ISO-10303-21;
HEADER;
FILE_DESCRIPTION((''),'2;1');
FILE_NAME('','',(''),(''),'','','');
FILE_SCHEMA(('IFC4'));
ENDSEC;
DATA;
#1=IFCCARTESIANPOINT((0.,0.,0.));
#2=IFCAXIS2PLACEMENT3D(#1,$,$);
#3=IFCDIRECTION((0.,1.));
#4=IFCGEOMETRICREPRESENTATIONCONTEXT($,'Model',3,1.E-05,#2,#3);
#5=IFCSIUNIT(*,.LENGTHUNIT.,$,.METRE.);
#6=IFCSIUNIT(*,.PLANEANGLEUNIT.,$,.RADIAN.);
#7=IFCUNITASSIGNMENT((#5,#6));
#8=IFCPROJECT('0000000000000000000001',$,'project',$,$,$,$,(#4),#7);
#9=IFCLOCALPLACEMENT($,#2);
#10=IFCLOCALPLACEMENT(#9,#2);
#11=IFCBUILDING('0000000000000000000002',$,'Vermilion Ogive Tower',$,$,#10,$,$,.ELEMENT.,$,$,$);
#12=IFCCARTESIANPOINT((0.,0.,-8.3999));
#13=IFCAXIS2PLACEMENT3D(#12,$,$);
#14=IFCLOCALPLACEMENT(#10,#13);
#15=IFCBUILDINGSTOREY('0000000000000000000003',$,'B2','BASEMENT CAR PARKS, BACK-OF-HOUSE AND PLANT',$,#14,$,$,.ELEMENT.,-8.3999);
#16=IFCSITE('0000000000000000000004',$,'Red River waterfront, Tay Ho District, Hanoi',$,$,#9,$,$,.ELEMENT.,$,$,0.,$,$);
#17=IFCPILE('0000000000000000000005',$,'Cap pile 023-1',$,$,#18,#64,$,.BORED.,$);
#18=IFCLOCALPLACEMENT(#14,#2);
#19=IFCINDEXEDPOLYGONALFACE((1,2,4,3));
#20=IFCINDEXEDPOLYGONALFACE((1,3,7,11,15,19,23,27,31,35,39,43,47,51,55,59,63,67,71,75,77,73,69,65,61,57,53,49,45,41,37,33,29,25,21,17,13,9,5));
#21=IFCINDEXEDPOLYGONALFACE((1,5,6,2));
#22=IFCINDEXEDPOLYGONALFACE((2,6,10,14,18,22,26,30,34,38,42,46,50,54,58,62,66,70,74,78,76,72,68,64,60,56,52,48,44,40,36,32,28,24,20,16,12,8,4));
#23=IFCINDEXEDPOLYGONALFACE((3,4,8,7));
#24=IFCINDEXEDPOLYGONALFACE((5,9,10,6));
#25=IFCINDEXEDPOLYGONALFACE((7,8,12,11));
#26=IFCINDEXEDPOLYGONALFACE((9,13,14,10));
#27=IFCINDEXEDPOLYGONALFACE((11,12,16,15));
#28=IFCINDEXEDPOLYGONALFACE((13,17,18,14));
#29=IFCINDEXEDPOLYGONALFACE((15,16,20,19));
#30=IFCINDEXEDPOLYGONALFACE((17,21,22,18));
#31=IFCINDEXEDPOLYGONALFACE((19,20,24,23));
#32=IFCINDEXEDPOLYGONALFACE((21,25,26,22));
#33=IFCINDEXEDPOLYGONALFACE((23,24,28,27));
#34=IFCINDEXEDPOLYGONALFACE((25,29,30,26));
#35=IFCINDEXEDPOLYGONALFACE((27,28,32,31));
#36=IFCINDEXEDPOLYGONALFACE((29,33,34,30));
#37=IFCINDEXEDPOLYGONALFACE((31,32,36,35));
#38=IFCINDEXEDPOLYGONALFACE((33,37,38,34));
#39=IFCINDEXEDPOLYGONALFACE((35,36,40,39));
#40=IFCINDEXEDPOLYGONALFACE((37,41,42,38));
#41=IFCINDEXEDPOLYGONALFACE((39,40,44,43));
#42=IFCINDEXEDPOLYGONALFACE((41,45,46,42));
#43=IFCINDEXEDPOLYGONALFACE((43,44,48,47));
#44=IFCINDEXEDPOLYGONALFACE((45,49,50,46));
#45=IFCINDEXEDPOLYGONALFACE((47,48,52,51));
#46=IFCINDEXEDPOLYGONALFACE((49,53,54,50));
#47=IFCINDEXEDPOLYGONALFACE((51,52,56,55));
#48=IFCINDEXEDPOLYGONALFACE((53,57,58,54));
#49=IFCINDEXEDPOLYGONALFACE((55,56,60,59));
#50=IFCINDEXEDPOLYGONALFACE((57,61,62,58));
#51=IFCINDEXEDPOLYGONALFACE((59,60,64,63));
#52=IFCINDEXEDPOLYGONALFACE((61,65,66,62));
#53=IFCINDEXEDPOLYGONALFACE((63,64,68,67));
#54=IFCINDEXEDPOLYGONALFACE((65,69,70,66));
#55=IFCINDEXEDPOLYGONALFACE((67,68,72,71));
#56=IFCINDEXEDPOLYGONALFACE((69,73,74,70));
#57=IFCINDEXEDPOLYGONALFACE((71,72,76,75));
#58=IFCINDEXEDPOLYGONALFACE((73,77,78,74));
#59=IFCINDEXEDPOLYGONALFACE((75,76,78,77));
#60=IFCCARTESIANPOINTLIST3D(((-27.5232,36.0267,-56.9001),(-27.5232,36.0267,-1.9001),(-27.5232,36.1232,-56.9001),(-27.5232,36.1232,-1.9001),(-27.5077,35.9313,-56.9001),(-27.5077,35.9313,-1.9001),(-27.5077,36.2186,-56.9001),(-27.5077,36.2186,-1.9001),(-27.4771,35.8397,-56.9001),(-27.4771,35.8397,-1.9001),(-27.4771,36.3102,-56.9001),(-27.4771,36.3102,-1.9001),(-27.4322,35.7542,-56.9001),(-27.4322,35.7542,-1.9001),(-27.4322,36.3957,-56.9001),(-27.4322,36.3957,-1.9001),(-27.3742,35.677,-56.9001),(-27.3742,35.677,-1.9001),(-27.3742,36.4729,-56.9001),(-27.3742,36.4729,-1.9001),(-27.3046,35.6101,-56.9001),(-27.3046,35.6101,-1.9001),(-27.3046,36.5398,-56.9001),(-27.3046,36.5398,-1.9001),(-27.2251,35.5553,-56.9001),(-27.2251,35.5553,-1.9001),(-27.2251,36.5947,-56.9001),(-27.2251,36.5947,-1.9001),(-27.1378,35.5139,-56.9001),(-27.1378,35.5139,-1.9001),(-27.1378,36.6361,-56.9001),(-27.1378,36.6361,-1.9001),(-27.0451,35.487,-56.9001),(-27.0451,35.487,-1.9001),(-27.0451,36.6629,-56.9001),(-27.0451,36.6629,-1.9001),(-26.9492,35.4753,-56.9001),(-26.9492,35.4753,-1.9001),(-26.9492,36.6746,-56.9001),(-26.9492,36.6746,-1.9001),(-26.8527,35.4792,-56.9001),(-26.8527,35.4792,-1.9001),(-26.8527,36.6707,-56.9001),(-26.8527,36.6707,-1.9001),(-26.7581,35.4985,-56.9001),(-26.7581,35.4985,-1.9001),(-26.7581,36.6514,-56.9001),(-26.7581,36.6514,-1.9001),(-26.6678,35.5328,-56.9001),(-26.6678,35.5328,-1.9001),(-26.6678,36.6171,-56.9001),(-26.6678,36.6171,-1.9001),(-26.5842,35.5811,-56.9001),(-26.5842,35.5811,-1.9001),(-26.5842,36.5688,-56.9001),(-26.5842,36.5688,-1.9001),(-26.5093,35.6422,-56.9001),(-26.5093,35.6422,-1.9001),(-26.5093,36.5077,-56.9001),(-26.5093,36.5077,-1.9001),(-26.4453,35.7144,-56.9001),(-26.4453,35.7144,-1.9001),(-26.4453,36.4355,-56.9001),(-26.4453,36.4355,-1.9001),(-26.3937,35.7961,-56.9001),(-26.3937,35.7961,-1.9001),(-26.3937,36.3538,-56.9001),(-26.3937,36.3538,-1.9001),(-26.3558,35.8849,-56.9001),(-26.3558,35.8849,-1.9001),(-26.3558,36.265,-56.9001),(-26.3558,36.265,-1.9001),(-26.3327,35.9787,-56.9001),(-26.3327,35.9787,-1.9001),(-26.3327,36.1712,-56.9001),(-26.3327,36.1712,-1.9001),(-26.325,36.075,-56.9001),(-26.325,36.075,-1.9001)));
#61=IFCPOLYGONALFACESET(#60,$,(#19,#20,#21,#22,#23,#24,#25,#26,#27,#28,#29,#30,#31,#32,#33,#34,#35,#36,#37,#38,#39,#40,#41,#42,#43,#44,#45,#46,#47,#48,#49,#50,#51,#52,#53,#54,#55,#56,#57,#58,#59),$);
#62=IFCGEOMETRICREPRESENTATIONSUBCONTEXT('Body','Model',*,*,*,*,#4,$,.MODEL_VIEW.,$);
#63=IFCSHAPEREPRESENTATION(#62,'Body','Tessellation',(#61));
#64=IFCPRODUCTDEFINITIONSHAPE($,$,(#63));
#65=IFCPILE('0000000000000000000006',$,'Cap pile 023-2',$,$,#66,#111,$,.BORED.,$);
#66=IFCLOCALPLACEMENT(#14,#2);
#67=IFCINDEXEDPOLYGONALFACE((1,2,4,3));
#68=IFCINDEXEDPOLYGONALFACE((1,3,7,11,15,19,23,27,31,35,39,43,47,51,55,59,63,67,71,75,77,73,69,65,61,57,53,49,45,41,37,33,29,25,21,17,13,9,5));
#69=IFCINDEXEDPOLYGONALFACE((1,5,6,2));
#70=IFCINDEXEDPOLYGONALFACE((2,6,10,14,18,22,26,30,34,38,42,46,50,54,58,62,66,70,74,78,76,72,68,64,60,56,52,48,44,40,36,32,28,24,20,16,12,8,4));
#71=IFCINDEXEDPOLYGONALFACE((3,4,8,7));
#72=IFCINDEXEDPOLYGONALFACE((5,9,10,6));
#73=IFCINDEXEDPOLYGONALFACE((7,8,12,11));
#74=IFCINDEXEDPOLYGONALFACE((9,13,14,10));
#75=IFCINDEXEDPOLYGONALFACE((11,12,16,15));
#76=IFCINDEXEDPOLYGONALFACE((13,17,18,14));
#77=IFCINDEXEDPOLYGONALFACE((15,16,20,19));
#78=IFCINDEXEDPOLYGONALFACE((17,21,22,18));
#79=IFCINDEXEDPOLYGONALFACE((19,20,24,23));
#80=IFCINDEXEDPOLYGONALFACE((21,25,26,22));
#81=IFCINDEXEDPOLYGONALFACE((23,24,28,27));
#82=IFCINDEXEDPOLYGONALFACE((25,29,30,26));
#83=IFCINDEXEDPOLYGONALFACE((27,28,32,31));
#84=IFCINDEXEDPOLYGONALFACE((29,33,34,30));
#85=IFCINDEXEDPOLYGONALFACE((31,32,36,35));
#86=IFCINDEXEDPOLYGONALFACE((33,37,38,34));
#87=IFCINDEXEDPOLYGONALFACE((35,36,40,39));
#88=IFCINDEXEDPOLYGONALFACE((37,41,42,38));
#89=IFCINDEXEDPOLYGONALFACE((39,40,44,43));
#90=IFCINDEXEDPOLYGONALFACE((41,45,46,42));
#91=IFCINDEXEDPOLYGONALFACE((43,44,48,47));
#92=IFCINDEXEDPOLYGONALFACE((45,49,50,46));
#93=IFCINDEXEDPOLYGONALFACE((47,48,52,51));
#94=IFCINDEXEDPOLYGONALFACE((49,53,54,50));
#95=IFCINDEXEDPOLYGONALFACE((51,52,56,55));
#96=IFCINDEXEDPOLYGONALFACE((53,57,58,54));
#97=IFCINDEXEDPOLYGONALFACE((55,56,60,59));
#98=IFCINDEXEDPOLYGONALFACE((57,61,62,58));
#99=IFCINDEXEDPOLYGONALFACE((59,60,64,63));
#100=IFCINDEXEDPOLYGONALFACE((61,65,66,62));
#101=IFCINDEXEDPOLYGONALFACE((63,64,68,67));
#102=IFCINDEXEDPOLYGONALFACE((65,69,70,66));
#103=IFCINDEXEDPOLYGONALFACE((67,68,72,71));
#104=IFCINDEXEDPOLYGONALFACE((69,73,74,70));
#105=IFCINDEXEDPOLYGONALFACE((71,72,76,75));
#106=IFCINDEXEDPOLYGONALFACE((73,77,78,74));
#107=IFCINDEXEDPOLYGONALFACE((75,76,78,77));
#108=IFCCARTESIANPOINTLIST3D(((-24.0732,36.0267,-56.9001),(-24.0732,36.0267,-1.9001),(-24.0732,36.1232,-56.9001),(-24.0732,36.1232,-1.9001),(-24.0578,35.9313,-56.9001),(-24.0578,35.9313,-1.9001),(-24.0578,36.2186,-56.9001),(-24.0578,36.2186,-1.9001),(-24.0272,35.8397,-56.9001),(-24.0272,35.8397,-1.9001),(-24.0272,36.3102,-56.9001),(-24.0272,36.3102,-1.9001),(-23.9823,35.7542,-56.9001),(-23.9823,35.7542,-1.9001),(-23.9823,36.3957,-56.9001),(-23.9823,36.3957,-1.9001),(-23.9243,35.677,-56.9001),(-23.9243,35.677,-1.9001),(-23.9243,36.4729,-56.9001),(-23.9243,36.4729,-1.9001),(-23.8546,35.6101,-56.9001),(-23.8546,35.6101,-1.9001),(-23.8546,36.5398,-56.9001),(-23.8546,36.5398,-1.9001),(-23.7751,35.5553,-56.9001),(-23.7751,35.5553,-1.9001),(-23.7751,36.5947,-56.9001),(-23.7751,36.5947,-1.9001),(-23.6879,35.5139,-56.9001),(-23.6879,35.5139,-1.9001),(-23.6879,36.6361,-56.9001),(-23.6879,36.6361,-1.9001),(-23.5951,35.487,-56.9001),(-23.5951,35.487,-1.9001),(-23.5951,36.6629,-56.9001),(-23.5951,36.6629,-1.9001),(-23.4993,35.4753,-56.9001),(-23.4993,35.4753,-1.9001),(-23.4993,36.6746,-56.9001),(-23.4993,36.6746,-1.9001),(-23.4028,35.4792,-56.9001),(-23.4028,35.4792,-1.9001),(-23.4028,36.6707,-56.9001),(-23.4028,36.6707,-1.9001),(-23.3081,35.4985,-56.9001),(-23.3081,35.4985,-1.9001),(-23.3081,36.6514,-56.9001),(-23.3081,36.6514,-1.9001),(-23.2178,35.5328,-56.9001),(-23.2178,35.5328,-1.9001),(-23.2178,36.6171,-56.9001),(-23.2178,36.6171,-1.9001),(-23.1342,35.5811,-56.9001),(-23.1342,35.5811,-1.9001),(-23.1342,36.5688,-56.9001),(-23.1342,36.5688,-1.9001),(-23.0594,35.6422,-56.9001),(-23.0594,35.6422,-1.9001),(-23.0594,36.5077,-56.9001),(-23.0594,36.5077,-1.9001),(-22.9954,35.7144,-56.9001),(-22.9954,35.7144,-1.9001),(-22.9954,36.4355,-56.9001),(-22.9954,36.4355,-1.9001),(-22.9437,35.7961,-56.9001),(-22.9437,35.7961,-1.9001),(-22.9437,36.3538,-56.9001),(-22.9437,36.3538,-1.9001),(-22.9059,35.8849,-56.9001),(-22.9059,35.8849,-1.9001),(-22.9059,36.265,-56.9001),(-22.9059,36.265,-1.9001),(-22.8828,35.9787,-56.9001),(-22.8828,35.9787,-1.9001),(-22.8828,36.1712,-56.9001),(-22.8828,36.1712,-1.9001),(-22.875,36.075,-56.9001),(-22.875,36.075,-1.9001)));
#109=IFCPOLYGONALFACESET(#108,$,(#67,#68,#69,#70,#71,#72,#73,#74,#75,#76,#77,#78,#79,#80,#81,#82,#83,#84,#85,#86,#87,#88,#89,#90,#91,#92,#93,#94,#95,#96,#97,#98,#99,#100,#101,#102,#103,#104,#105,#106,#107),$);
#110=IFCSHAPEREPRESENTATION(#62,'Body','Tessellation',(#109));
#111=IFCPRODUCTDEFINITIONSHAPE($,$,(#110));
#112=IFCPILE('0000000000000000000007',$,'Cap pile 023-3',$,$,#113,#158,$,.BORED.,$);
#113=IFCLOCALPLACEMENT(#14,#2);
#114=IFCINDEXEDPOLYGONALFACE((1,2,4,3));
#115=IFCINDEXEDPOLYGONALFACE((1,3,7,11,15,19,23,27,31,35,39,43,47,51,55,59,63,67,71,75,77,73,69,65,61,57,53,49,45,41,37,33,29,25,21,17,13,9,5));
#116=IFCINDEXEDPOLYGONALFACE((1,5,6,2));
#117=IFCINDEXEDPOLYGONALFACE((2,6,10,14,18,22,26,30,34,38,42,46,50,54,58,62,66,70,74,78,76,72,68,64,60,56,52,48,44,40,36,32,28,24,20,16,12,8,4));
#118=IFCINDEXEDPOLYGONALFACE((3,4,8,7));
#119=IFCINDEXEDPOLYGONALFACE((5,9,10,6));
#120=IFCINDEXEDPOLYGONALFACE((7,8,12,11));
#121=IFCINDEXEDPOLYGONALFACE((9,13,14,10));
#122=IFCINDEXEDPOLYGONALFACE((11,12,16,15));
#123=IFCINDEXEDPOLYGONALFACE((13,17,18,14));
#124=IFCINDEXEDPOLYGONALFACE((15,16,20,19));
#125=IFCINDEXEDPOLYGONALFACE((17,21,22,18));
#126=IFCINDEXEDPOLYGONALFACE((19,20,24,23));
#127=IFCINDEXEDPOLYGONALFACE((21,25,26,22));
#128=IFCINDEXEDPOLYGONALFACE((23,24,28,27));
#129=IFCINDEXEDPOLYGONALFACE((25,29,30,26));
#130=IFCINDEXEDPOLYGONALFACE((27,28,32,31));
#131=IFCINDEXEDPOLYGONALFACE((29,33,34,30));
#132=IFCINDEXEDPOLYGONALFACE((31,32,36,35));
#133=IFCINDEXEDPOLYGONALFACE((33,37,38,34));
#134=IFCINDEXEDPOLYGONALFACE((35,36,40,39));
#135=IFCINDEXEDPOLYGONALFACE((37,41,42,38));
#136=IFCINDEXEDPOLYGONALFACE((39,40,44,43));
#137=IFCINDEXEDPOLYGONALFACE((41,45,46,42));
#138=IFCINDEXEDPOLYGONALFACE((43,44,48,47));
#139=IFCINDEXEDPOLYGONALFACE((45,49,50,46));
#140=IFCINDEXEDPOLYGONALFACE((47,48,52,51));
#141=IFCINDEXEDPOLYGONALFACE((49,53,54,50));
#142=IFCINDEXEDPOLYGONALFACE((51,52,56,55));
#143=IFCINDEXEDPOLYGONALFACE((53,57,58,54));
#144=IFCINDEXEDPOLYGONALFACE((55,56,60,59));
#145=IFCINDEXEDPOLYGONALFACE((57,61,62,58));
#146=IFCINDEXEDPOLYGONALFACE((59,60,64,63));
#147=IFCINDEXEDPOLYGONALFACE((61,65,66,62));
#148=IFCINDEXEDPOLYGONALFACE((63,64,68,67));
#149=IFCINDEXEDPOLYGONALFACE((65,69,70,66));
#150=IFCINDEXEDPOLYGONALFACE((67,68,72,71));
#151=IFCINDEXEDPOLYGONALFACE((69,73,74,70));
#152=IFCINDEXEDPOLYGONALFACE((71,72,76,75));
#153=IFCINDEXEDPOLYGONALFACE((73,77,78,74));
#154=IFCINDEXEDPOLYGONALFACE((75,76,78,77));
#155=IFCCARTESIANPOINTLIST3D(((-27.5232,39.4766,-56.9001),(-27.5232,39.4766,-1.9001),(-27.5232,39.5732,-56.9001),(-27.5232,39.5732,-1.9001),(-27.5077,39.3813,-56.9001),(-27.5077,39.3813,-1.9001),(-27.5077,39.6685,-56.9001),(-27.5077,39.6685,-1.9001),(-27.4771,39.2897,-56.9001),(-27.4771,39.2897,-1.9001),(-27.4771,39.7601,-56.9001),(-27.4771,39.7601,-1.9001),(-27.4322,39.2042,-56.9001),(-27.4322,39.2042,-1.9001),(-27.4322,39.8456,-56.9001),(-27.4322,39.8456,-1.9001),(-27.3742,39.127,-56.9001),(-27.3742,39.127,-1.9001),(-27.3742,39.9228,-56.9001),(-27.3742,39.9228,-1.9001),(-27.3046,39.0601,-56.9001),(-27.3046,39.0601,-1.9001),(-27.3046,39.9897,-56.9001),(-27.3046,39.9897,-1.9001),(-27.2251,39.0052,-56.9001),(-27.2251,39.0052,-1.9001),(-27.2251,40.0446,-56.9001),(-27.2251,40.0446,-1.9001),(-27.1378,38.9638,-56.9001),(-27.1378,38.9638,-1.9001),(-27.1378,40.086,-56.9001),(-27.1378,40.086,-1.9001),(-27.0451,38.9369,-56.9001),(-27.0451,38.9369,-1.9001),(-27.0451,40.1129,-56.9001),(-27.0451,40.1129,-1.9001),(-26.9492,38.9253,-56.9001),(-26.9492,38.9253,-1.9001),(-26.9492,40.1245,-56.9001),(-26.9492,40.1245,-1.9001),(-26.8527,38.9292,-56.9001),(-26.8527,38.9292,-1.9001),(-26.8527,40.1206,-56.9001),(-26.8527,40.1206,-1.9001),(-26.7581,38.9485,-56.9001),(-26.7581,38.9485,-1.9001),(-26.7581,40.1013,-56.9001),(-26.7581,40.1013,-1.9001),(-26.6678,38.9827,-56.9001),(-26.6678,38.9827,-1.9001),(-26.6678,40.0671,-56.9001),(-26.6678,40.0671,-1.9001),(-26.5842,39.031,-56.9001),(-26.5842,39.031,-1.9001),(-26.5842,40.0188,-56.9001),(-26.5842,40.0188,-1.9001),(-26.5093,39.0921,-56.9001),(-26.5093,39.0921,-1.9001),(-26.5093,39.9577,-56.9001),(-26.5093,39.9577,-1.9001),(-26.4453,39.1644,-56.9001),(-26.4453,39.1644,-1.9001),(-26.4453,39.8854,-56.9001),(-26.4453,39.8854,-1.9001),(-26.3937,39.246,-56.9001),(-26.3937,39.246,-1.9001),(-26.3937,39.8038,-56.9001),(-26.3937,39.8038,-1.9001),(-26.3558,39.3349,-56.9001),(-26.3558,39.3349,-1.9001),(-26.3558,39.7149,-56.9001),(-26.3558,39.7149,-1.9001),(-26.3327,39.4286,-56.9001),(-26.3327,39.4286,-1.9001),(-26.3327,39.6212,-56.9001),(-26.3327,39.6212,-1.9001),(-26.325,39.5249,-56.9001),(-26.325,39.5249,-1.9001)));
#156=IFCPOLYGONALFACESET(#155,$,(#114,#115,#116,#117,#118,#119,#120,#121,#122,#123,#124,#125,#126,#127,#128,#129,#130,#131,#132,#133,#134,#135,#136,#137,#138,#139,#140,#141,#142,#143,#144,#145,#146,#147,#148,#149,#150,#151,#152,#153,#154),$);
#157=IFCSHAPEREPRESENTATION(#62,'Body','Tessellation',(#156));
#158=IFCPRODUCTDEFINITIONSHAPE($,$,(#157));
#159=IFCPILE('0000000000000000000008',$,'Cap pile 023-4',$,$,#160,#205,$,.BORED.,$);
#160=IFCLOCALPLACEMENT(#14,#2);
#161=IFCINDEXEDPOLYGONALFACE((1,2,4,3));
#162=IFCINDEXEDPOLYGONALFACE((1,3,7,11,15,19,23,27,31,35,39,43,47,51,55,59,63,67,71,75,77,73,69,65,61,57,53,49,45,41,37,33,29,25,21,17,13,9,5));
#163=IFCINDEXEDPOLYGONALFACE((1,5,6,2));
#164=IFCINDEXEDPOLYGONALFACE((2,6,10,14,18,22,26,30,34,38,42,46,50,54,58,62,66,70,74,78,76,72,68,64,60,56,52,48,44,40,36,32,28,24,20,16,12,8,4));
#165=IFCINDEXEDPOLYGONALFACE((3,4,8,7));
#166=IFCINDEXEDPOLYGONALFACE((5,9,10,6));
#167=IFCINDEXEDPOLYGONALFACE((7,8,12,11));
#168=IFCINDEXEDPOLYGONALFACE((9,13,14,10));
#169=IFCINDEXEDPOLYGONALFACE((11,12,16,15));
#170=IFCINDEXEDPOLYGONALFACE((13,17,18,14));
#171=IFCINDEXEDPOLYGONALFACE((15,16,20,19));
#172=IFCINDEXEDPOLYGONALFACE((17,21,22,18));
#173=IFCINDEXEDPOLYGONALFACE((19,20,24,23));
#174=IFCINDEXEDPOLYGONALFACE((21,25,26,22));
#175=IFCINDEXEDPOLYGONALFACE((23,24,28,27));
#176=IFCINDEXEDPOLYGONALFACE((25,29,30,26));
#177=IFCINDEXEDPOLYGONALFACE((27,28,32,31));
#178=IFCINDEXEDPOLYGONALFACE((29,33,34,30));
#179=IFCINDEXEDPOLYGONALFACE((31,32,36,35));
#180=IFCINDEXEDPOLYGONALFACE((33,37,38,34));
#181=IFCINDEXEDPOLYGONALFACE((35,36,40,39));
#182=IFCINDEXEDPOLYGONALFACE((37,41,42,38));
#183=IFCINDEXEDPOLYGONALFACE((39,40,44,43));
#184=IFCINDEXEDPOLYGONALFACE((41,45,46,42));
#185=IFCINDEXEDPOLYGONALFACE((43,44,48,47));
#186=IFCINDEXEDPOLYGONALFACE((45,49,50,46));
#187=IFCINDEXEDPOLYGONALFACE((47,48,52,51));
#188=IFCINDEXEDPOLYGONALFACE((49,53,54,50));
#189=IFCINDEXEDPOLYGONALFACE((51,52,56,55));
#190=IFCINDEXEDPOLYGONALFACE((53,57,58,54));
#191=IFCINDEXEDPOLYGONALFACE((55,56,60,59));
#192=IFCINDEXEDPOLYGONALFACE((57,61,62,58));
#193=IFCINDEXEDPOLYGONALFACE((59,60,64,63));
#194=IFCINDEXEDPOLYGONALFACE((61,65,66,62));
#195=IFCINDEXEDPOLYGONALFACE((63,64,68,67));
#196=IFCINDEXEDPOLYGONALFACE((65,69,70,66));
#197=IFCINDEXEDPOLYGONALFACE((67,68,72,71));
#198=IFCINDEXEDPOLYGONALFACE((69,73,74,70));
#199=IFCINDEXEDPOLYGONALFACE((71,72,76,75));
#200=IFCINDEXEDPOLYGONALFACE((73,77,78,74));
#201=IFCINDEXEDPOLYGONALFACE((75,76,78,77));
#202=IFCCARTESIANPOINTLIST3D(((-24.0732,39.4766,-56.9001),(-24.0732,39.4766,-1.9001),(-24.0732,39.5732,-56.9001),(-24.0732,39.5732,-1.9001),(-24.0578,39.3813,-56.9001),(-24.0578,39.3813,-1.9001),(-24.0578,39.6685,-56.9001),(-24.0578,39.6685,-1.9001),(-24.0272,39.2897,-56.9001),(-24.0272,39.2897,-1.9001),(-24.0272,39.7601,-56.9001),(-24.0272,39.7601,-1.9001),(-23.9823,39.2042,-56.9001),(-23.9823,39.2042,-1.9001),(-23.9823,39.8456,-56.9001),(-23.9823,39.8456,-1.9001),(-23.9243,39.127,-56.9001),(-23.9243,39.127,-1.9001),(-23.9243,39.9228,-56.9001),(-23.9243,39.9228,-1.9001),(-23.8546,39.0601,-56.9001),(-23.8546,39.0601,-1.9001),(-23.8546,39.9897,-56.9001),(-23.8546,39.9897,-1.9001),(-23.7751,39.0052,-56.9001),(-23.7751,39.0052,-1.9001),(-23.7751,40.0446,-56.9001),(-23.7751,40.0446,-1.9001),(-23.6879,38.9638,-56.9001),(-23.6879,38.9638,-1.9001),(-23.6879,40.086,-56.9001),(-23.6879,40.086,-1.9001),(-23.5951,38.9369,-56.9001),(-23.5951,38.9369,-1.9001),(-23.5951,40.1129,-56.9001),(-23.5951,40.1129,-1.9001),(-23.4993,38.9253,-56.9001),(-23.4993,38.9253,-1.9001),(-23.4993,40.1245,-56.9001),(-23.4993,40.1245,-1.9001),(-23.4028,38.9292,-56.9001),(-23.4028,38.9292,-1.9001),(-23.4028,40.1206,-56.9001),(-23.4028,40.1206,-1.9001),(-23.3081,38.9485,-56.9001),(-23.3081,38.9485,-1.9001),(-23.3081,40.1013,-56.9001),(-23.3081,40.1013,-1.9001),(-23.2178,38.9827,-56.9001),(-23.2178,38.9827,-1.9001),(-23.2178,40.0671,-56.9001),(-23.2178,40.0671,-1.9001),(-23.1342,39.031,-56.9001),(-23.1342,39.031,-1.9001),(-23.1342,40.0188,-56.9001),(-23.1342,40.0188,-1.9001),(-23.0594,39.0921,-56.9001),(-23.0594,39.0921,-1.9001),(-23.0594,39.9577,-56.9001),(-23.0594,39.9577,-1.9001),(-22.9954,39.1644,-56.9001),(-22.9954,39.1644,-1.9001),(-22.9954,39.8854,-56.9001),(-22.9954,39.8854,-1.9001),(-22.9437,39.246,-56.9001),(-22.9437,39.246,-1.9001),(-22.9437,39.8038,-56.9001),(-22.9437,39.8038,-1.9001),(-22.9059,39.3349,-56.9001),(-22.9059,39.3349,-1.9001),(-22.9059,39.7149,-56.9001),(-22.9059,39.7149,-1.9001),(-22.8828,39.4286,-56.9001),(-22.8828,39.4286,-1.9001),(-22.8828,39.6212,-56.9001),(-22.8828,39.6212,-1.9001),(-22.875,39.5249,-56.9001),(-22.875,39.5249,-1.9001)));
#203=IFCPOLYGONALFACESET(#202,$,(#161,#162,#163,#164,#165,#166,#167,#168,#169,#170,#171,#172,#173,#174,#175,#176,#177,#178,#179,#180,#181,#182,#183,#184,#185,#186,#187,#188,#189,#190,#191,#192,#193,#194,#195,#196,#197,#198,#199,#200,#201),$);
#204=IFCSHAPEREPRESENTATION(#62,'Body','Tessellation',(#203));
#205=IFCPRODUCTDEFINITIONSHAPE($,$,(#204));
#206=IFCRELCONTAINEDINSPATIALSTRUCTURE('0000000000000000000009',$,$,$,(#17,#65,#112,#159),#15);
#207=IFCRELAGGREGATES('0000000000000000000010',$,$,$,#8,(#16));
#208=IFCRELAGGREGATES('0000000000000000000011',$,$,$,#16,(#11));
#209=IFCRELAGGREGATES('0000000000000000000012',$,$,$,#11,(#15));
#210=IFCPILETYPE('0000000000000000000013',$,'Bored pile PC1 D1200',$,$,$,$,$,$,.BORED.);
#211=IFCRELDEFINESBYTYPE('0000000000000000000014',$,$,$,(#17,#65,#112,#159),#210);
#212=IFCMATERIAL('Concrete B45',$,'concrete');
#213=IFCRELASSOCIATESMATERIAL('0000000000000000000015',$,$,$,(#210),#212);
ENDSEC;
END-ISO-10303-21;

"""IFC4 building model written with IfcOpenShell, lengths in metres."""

from ifc_helpers import new_model, si_unit, direction, frame, origin, origin_2d, place, context, subcontext, project, spatial, circle, extrude, material, type_object, element, save


model = new_model("IFC4")

# Units and contexts
model_context = context("Model", 3, precision=1e-05, world=origin(), true_north=direction((0.0, 1.0)))
body_context = subcontext(model_context, "Body", "Model", "MODEL_VIEW")
ifc_project = project(units=[si_unit("LENGTHUNIT", "METRE"), si_unit("PLANEANGLEUNIT", "RADIAN")], contexts=[model_context])

# Site, building, storey
site_placement = place(None, origin())
site = spatial("IfcSite", under=ifc_project, at=site_placement, Name="Red River waterfront, Tay Ho District, Hanoi", CompositionType="ELEMENT", RefElevation=0.0)
building_placement = place(site_placement, origin())
building = spatial("IfcBuilding", under=site, at=building_placement, Name="Vermilion Ogive Tower", CompositionType="ELEMENT")
storey_placement = place(building_placement, frame((0.0, 0.0, -8.3999)))
storey = spatial("IfcBuildingStorey", under=building, at=storey_placement, Name="B2", Description="BASEMENT CAR PARKS, BACK-OF-HOUSE AND PLANT", CompositionType="ELEMENT", Elevation=-8.3999)

# Piles
ifc_material_1 = material(Name="Concrete B45", Category="concrete")
pile_type = type_object("IfcPileType", Name="Bored pile PC1 D1200", PredefinedType="BORED", material=ifc_material_1)
for number, where, z_axis, x_axis, name in (
    (1, (-26.925, 36.075, -1.9001), (0.0, 0.0, -1.0), (1.0, 0.0, 0.0), "Cap pile 023-1"),
    (2, (-23.4751, 36.075, -1.9001), (0.0, 0.0, -1.0), (1.0, 0.0, 0.0), "Cap pile 023-2"),
    (3, (-26.925, 39.5249, -1.9001), (0.0, 0.0, -1.0), (1.0, 0.0, 0.0), "Cap pile 023-3"),
    (4, (-23.4751, 39.5249, -1.9001), (0.0, 0.0, -1.0), (1.0, 0.0, 0.0), "Cap pile 023-4"),
):
    element("IfcPile", number, at=place(storey_placement, frame(where, z_axis=z_axis, x_axis=x_axis)), inside=storey, type_object=pile_type, Name=name, PredefinedType="BORED", context=body_context, shape_type="SweptSolid", body=[
        extrude(circle(Radius=0.6001, at=origin_2d()), origin(), (0.0, 0.0, 1.0), 55.0),
    ])

save(model, "model.ifc")
